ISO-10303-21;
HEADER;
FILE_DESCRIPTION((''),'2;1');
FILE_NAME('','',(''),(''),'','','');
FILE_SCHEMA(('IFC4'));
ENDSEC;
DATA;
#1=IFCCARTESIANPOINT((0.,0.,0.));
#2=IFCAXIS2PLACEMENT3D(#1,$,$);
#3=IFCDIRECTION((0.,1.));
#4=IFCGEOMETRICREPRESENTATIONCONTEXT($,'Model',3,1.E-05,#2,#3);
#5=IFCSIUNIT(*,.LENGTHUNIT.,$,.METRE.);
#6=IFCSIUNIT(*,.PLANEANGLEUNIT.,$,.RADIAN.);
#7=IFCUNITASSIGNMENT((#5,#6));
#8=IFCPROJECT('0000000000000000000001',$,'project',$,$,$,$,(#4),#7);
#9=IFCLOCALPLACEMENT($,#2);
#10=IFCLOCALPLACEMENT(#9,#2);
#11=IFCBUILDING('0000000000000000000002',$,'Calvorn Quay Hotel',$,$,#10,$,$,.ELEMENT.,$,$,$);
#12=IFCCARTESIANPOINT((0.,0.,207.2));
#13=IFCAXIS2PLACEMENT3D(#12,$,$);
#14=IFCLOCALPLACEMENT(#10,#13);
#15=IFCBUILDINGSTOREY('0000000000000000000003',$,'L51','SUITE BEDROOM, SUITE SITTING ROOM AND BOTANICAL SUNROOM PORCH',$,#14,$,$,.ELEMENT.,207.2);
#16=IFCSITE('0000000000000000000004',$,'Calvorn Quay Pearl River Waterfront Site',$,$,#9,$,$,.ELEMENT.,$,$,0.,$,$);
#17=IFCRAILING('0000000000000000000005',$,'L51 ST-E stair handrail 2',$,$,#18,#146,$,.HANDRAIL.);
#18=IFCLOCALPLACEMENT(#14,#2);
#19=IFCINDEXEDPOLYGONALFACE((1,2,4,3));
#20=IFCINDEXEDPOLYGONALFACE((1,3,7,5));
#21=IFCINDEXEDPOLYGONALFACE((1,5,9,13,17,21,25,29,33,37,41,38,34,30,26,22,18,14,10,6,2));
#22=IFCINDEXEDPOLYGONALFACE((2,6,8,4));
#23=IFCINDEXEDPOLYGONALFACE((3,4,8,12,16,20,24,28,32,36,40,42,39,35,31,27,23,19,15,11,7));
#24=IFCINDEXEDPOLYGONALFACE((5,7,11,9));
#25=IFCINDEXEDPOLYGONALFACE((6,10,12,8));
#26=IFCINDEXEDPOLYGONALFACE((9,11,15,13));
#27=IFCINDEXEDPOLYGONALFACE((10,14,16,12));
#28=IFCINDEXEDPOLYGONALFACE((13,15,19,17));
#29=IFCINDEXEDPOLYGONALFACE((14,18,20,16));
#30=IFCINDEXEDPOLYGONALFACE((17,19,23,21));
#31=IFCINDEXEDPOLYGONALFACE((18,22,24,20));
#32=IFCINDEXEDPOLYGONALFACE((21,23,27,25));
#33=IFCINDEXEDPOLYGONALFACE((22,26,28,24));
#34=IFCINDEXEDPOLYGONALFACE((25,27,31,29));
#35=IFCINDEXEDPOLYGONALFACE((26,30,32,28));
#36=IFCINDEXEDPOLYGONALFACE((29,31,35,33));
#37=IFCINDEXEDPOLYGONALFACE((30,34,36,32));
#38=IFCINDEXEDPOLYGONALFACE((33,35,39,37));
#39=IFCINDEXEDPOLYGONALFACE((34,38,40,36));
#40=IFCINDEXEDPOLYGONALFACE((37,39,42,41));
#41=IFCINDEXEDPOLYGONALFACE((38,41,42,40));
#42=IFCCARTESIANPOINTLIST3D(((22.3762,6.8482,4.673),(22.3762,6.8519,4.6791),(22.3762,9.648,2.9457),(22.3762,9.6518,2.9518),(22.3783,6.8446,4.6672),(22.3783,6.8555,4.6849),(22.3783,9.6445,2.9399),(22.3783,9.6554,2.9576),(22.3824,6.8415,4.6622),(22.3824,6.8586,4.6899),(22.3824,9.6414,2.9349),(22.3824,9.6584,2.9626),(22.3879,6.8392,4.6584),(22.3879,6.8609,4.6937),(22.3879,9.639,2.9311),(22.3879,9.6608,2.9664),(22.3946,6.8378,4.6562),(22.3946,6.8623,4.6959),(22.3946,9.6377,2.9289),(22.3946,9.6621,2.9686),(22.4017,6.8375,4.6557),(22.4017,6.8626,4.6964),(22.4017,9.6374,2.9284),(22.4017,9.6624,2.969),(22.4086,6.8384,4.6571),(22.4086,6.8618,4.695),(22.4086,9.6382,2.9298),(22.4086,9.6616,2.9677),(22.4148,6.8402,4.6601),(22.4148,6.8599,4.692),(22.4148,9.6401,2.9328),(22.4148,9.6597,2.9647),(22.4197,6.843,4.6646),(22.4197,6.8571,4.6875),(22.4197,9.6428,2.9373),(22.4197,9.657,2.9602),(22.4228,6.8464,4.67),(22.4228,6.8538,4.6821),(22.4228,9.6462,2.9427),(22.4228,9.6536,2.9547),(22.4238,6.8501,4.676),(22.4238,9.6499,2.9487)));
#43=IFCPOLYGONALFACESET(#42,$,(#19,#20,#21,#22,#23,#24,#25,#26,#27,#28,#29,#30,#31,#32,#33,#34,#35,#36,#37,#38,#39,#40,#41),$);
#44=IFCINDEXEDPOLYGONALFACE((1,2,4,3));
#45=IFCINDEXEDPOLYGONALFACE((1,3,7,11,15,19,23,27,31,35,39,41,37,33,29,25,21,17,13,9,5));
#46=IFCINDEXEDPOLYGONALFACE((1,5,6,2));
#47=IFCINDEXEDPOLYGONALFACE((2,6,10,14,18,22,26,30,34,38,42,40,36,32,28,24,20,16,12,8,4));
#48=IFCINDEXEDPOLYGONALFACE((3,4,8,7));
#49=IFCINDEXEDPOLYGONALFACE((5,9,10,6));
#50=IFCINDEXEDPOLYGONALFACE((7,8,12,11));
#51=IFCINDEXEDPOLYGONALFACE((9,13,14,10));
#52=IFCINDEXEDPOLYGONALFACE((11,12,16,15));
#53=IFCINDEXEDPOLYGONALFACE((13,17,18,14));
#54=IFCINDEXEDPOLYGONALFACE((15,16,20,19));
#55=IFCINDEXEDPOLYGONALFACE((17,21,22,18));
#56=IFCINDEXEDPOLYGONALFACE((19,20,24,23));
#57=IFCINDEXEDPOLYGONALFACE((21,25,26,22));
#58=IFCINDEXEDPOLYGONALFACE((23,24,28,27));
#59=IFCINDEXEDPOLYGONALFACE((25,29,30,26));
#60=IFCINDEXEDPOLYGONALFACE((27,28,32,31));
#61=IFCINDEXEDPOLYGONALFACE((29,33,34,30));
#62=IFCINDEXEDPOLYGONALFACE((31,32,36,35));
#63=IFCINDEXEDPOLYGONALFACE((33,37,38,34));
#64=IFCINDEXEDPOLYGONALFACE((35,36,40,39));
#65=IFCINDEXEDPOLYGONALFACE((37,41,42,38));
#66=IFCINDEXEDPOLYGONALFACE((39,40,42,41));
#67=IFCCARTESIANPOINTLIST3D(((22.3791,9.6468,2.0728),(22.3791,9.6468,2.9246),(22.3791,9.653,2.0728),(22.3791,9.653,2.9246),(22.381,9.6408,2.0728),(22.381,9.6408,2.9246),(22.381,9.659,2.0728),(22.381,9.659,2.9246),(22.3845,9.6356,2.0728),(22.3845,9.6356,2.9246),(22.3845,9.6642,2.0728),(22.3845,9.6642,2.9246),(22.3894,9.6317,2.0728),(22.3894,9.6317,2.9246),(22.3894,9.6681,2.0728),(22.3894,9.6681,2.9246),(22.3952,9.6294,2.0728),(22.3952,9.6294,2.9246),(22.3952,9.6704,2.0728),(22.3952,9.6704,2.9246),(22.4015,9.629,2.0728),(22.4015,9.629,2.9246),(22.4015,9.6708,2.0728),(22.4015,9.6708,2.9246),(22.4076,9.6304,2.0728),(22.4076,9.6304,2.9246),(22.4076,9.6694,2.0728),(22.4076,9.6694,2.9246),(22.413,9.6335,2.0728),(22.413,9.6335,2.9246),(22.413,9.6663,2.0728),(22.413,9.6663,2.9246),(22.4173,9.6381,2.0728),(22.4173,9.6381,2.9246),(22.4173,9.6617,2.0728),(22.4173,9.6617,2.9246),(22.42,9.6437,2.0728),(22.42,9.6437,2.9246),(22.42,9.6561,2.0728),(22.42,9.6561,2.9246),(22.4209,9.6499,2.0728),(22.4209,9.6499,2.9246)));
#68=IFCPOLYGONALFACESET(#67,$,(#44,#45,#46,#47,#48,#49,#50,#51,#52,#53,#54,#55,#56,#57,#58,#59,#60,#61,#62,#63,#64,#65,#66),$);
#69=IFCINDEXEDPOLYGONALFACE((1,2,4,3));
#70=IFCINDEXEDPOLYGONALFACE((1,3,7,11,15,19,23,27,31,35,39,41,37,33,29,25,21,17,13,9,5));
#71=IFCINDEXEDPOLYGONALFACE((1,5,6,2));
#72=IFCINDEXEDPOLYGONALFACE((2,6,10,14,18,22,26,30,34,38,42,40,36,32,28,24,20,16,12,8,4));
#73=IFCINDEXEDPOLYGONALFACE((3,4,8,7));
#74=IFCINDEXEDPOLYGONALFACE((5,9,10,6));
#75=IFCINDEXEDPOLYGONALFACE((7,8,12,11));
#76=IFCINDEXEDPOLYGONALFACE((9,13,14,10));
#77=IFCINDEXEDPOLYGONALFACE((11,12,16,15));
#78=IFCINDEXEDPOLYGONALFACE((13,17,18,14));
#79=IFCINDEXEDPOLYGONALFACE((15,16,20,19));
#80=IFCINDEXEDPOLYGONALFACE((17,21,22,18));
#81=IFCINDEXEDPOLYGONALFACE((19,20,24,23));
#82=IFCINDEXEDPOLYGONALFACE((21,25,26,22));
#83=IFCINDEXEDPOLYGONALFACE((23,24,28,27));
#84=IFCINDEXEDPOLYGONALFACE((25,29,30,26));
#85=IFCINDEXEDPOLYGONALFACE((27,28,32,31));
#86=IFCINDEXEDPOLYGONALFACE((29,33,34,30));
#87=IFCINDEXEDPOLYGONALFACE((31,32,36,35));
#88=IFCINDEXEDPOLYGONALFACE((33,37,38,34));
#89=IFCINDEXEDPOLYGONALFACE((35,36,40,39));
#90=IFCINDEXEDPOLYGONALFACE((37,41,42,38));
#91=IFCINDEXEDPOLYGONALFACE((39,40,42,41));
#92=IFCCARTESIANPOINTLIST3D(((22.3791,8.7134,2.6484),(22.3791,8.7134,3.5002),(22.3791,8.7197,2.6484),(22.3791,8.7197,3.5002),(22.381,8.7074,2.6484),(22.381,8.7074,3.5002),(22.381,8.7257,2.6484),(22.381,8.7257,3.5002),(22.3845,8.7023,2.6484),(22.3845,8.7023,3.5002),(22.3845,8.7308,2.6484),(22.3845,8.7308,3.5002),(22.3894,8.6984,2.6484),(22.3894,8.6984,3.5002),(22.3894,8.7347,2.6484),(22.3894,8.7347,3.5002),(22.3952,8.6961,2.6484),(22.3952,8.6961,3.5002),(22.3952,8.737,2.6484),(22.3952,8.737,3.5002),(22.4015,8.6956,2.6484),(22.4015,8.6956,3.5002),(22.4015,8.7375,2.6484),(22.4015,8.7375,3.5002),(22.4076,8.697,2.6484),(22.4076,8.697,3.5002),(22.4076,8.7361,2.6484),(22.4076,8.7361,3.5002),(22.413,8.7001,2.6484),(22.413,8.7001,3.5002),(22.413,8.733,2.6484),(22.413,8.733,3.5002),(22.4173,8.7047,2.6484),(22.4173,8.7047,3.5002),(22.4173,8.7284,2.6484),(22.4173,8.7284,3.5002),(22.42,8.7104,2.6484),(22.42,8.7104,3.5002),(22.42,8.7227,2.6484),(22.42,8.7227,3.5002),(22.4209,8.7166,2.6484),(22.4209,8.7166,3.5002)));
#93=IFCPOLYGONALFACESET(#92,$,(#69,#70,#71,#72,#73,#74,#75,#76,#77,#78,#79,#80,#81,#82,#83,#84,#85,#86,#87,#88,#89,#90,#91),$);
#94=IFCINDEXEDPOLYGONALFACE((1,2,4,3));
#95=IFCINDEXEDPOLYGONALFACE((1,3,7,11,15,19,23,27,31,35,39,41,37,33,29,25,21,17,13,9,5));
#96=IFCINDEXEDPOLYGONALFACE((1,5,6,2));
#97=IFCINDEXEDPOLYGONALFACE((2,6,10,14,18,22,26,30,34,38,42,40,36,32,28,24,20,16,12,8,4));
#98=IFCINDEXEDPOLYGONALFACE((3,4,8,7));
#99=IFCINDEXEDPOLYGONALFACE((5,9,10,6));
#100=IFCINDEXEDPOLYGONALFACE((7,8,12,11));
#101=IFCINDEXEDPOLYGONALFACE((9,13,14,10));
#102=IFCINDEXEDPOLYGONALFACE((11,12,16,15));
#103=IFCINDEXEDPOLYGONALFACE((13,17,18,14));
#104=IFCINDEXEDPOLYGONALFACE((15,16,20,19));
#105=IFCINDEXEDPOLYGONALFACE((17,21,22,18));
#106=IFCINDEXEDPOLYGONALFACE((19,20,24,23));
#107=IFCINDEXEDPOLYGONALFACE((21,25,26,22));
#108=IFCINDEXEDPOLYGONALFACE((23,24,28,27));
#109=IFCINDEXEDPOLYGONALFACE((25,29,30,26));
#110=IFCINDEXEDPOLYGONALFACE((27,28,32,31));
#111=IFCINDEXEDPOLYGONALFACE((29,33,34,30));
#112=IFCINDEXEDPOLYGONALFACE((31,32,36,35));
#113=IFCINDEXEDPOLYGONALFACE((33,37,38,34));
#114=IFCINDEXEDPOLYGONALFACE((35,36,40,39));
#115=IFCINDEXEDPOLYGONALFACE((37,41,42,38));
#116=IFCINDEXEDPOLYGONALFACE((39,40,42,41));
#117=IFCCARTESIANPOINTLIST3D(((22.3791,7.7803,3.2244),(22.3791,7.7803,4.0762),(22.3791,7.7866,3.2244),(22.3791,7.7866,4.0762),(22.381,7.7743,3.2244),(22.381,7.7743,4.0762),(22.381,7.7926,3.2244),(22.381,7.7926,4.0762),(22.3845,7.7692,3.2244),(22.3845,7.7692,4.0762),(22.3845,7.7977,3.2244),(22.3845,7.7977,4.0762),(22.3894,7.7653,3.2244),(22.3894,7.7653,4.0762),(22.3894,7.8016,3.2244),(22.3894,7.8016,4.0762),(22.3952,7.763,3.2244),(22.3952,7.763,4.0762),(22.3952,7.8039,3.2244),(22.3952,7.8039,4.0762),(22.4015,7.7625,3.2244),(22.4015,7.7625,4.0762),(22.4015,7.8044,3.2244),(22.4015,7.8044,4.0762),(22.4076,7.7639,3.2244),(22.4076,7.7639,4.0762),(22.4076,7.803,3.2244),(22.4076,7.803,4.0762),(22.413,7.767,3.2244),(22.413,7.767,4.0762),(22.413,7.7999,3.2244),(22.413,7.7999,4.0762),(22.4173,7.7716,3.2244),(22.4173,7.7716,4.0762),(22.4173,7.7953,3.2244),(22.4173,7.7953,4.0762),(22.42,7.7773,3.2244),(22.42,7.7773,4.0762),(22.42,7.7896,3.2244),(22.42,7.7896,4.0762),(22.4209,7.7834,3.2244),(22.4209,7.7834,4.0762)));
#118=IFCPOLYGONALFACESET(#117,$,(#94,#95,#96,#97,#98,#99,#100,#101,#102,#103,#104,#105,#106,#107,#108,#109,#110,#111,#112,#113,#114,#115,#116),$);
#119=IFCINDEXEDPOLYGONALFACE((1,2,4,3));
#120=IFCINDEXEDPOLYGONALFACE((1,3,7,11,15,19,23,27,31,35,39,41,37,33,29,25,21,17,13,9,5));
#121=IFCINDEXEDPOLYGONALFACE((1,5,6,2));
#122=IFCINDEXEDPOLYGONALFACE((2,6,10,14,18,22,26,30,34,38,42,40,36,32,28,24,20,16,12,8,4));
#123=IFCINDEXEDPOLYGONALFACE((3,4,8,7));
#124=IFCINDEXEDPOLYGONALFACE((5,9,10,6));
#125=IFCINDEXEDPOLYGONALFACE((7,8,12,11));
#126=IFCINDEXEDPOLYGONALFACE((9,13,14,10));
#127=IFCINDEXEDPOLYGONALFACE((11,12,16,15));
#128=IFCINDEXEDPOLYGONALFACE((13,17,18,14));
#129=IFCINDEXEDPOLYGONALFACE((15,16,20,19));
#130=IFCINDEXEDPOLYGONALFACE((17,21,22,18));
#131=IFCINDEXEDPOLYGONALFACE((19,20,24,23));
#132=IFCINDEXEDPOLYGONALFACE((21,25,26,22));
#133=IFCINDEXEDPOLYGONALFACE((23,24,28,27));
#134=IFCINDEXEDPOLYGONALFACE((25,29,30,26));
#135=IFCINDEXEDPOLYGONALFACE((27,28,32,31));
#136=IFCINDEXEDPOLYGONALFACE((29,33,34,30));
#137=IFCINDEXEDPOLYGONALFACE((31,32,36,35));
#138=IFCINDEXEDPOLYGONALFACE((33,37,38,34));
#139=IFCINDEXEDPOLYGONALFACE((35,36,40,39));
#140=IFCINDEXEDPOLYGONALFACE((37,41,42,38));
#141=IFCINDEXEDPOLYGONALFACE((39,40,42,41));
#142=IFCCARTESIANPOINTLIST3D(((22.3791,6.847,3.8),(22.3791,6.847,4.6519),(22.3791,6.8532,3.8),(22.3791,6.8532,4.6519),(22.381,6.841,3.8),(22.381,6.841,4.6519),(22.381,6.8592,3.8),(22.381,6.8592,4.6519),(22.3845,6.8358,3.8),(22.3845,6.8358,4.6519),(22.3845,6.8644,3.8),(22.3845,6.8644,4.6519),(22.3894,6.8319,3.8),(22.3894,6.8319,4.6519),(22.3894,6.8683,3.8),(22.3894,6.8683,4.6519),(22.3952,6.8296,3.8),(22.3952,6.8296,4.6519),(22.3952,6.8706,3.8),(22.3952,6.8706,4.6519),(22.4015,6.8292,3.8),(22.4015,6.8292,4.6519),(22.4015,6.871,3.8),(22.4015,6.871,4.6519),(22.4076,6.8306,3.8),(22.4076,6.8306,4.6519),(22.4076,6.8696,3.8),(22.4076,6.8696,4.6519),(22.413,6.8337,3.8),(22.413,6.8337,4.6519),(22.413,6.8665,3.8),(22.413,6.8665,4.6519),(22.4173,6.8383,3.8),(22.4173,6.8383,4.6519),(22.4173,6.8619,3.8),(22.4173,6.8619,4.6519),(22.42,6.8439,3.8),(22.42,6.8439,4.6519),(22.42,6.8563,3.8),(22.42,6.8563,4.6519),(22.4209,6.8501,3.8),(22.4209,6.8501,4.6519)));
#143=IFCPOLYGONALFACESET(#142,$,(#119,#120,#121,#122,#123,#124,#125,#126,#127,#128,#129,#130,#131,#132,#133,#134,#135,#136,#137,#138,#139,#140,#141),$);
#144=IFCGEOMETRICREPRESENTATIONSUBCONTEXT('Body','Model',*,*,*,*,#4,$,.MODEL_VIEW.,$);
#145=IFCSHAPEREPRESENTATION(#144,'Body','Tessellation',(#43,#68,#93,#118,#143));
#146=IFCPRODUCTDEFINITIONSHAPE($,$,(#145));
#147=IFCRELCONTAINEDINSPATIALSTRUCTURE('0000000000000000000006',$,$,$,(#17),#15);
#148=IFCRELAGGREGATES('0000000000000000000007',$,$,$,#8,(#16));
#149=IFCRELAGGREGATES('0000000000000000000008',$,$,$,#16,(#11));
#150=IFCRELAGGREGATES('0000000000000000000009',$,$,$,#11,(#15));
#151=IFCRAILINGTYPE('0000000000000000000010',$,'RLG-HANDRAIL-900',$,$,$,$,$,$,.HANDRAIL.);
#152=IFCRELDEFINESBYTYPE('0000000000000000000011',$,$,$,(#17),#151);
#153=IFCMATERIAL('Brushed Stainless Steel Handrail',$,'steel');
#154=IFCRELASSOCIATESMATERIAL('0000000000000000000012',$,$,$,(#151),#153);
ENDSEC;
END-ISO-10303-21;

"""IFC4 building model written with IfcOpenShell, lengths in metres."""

from ifc_helpers import new_model, si_unit, direction, frame, origin, origin_2d, place, context, subcontext, project, spatial, circle, extrude, material, type_object, element, save


model = new_model("IFC4")

# Units and contexts
model_context = context("Model", 3, precision=1e-05, world=origin(), true_north=direction((0.0, 1.0)))
body_context = subcontext(model_context, "Body", "Model", "MODEL_VIEW")
ifc_project = project(units=[si_unit("LENGTHUNIT", "METRE"), si_unit("PLANEANGLEUNIT", "RADIAN")], contexts=[model_context])

# Site, building, storey
site_placement = place(None, origin())
site = spatial("IfcSite", under=ifc_project, at=site_placement, Name="Calvorn Quay Pearl River Waterfront Site", CompositionType="ELEMENT", RefElevation=0.0)
building_placement = place(site_placement, origin())
building = spatial("IfcBuilding", under=site, at=building_placement, Name="Calvorn Quay Hotel", CompositionType="ELEMENT")
storey_placement = place(building_placement, frame((0.0, 0.0, 207.2)))
storey = spatial("IfcBuildingStorey", under=building, at=storey_placement, Name="L51", Description="SUITE BEDROOM, SUITE SITTING ROOM AND BOTANICAL SUNROOM PORCH", CompositionType="ELEMENT", Elevation=207.2)

# Railing
ifc_material_1 = material(Name="Brushed Stainless Steel Handrail", Category="steel")
railing_type_1 = type_object("IfcRailingType", Name="RLG-HANDRAIL-900", PredefinedType="HANDRAIL", material=ifc_material_1)
railing_1_placement = place(storey_placement, frame((22.3999, 9.6499, 2.0728)))
element("IfcRailing", 1, at=railing_1_placement, inside=storey, type_object=railing_type_1, Name="L51 ST-E stair handrail 2", PredefinedType="HANDRAIL", context=body_context, shape_type="SweptSolid", body=[
    extrude(circle(Radius=0.0239, at=origin_2d()), frame((0.0, 0.0, 0.876), z_axis=(0.0, -0.851069, 0.525054), x_axis=(1.0, 0.0, 0.0)), (0.0, 0.0, 1.0), 3.2898),
    extrude(circle(Radius=0.021, at=origin_2d()), origin(), (0.0, 0.0, 1.0), 0.8518),
    extrude(circle(Radius=0.021, at=origin_2d()), frame((0.0, -0.9333, 0.5757)), (0.0, 0.0, 1.0), 0.8518),
    extrude(circle(Radius=0.021, at=origin_2d()), frame((0.0, -1.8665, 1.1516)), (0.0, 0.0, 1.0), 0.8518),
    extrude(circle(Radius=0.021, at=origin_2d()), frame((0.0, -2.7998, 1.7273)), (0.0, 0.0, 1.0), 0.8518),
])

save(model, "model.ifc")
